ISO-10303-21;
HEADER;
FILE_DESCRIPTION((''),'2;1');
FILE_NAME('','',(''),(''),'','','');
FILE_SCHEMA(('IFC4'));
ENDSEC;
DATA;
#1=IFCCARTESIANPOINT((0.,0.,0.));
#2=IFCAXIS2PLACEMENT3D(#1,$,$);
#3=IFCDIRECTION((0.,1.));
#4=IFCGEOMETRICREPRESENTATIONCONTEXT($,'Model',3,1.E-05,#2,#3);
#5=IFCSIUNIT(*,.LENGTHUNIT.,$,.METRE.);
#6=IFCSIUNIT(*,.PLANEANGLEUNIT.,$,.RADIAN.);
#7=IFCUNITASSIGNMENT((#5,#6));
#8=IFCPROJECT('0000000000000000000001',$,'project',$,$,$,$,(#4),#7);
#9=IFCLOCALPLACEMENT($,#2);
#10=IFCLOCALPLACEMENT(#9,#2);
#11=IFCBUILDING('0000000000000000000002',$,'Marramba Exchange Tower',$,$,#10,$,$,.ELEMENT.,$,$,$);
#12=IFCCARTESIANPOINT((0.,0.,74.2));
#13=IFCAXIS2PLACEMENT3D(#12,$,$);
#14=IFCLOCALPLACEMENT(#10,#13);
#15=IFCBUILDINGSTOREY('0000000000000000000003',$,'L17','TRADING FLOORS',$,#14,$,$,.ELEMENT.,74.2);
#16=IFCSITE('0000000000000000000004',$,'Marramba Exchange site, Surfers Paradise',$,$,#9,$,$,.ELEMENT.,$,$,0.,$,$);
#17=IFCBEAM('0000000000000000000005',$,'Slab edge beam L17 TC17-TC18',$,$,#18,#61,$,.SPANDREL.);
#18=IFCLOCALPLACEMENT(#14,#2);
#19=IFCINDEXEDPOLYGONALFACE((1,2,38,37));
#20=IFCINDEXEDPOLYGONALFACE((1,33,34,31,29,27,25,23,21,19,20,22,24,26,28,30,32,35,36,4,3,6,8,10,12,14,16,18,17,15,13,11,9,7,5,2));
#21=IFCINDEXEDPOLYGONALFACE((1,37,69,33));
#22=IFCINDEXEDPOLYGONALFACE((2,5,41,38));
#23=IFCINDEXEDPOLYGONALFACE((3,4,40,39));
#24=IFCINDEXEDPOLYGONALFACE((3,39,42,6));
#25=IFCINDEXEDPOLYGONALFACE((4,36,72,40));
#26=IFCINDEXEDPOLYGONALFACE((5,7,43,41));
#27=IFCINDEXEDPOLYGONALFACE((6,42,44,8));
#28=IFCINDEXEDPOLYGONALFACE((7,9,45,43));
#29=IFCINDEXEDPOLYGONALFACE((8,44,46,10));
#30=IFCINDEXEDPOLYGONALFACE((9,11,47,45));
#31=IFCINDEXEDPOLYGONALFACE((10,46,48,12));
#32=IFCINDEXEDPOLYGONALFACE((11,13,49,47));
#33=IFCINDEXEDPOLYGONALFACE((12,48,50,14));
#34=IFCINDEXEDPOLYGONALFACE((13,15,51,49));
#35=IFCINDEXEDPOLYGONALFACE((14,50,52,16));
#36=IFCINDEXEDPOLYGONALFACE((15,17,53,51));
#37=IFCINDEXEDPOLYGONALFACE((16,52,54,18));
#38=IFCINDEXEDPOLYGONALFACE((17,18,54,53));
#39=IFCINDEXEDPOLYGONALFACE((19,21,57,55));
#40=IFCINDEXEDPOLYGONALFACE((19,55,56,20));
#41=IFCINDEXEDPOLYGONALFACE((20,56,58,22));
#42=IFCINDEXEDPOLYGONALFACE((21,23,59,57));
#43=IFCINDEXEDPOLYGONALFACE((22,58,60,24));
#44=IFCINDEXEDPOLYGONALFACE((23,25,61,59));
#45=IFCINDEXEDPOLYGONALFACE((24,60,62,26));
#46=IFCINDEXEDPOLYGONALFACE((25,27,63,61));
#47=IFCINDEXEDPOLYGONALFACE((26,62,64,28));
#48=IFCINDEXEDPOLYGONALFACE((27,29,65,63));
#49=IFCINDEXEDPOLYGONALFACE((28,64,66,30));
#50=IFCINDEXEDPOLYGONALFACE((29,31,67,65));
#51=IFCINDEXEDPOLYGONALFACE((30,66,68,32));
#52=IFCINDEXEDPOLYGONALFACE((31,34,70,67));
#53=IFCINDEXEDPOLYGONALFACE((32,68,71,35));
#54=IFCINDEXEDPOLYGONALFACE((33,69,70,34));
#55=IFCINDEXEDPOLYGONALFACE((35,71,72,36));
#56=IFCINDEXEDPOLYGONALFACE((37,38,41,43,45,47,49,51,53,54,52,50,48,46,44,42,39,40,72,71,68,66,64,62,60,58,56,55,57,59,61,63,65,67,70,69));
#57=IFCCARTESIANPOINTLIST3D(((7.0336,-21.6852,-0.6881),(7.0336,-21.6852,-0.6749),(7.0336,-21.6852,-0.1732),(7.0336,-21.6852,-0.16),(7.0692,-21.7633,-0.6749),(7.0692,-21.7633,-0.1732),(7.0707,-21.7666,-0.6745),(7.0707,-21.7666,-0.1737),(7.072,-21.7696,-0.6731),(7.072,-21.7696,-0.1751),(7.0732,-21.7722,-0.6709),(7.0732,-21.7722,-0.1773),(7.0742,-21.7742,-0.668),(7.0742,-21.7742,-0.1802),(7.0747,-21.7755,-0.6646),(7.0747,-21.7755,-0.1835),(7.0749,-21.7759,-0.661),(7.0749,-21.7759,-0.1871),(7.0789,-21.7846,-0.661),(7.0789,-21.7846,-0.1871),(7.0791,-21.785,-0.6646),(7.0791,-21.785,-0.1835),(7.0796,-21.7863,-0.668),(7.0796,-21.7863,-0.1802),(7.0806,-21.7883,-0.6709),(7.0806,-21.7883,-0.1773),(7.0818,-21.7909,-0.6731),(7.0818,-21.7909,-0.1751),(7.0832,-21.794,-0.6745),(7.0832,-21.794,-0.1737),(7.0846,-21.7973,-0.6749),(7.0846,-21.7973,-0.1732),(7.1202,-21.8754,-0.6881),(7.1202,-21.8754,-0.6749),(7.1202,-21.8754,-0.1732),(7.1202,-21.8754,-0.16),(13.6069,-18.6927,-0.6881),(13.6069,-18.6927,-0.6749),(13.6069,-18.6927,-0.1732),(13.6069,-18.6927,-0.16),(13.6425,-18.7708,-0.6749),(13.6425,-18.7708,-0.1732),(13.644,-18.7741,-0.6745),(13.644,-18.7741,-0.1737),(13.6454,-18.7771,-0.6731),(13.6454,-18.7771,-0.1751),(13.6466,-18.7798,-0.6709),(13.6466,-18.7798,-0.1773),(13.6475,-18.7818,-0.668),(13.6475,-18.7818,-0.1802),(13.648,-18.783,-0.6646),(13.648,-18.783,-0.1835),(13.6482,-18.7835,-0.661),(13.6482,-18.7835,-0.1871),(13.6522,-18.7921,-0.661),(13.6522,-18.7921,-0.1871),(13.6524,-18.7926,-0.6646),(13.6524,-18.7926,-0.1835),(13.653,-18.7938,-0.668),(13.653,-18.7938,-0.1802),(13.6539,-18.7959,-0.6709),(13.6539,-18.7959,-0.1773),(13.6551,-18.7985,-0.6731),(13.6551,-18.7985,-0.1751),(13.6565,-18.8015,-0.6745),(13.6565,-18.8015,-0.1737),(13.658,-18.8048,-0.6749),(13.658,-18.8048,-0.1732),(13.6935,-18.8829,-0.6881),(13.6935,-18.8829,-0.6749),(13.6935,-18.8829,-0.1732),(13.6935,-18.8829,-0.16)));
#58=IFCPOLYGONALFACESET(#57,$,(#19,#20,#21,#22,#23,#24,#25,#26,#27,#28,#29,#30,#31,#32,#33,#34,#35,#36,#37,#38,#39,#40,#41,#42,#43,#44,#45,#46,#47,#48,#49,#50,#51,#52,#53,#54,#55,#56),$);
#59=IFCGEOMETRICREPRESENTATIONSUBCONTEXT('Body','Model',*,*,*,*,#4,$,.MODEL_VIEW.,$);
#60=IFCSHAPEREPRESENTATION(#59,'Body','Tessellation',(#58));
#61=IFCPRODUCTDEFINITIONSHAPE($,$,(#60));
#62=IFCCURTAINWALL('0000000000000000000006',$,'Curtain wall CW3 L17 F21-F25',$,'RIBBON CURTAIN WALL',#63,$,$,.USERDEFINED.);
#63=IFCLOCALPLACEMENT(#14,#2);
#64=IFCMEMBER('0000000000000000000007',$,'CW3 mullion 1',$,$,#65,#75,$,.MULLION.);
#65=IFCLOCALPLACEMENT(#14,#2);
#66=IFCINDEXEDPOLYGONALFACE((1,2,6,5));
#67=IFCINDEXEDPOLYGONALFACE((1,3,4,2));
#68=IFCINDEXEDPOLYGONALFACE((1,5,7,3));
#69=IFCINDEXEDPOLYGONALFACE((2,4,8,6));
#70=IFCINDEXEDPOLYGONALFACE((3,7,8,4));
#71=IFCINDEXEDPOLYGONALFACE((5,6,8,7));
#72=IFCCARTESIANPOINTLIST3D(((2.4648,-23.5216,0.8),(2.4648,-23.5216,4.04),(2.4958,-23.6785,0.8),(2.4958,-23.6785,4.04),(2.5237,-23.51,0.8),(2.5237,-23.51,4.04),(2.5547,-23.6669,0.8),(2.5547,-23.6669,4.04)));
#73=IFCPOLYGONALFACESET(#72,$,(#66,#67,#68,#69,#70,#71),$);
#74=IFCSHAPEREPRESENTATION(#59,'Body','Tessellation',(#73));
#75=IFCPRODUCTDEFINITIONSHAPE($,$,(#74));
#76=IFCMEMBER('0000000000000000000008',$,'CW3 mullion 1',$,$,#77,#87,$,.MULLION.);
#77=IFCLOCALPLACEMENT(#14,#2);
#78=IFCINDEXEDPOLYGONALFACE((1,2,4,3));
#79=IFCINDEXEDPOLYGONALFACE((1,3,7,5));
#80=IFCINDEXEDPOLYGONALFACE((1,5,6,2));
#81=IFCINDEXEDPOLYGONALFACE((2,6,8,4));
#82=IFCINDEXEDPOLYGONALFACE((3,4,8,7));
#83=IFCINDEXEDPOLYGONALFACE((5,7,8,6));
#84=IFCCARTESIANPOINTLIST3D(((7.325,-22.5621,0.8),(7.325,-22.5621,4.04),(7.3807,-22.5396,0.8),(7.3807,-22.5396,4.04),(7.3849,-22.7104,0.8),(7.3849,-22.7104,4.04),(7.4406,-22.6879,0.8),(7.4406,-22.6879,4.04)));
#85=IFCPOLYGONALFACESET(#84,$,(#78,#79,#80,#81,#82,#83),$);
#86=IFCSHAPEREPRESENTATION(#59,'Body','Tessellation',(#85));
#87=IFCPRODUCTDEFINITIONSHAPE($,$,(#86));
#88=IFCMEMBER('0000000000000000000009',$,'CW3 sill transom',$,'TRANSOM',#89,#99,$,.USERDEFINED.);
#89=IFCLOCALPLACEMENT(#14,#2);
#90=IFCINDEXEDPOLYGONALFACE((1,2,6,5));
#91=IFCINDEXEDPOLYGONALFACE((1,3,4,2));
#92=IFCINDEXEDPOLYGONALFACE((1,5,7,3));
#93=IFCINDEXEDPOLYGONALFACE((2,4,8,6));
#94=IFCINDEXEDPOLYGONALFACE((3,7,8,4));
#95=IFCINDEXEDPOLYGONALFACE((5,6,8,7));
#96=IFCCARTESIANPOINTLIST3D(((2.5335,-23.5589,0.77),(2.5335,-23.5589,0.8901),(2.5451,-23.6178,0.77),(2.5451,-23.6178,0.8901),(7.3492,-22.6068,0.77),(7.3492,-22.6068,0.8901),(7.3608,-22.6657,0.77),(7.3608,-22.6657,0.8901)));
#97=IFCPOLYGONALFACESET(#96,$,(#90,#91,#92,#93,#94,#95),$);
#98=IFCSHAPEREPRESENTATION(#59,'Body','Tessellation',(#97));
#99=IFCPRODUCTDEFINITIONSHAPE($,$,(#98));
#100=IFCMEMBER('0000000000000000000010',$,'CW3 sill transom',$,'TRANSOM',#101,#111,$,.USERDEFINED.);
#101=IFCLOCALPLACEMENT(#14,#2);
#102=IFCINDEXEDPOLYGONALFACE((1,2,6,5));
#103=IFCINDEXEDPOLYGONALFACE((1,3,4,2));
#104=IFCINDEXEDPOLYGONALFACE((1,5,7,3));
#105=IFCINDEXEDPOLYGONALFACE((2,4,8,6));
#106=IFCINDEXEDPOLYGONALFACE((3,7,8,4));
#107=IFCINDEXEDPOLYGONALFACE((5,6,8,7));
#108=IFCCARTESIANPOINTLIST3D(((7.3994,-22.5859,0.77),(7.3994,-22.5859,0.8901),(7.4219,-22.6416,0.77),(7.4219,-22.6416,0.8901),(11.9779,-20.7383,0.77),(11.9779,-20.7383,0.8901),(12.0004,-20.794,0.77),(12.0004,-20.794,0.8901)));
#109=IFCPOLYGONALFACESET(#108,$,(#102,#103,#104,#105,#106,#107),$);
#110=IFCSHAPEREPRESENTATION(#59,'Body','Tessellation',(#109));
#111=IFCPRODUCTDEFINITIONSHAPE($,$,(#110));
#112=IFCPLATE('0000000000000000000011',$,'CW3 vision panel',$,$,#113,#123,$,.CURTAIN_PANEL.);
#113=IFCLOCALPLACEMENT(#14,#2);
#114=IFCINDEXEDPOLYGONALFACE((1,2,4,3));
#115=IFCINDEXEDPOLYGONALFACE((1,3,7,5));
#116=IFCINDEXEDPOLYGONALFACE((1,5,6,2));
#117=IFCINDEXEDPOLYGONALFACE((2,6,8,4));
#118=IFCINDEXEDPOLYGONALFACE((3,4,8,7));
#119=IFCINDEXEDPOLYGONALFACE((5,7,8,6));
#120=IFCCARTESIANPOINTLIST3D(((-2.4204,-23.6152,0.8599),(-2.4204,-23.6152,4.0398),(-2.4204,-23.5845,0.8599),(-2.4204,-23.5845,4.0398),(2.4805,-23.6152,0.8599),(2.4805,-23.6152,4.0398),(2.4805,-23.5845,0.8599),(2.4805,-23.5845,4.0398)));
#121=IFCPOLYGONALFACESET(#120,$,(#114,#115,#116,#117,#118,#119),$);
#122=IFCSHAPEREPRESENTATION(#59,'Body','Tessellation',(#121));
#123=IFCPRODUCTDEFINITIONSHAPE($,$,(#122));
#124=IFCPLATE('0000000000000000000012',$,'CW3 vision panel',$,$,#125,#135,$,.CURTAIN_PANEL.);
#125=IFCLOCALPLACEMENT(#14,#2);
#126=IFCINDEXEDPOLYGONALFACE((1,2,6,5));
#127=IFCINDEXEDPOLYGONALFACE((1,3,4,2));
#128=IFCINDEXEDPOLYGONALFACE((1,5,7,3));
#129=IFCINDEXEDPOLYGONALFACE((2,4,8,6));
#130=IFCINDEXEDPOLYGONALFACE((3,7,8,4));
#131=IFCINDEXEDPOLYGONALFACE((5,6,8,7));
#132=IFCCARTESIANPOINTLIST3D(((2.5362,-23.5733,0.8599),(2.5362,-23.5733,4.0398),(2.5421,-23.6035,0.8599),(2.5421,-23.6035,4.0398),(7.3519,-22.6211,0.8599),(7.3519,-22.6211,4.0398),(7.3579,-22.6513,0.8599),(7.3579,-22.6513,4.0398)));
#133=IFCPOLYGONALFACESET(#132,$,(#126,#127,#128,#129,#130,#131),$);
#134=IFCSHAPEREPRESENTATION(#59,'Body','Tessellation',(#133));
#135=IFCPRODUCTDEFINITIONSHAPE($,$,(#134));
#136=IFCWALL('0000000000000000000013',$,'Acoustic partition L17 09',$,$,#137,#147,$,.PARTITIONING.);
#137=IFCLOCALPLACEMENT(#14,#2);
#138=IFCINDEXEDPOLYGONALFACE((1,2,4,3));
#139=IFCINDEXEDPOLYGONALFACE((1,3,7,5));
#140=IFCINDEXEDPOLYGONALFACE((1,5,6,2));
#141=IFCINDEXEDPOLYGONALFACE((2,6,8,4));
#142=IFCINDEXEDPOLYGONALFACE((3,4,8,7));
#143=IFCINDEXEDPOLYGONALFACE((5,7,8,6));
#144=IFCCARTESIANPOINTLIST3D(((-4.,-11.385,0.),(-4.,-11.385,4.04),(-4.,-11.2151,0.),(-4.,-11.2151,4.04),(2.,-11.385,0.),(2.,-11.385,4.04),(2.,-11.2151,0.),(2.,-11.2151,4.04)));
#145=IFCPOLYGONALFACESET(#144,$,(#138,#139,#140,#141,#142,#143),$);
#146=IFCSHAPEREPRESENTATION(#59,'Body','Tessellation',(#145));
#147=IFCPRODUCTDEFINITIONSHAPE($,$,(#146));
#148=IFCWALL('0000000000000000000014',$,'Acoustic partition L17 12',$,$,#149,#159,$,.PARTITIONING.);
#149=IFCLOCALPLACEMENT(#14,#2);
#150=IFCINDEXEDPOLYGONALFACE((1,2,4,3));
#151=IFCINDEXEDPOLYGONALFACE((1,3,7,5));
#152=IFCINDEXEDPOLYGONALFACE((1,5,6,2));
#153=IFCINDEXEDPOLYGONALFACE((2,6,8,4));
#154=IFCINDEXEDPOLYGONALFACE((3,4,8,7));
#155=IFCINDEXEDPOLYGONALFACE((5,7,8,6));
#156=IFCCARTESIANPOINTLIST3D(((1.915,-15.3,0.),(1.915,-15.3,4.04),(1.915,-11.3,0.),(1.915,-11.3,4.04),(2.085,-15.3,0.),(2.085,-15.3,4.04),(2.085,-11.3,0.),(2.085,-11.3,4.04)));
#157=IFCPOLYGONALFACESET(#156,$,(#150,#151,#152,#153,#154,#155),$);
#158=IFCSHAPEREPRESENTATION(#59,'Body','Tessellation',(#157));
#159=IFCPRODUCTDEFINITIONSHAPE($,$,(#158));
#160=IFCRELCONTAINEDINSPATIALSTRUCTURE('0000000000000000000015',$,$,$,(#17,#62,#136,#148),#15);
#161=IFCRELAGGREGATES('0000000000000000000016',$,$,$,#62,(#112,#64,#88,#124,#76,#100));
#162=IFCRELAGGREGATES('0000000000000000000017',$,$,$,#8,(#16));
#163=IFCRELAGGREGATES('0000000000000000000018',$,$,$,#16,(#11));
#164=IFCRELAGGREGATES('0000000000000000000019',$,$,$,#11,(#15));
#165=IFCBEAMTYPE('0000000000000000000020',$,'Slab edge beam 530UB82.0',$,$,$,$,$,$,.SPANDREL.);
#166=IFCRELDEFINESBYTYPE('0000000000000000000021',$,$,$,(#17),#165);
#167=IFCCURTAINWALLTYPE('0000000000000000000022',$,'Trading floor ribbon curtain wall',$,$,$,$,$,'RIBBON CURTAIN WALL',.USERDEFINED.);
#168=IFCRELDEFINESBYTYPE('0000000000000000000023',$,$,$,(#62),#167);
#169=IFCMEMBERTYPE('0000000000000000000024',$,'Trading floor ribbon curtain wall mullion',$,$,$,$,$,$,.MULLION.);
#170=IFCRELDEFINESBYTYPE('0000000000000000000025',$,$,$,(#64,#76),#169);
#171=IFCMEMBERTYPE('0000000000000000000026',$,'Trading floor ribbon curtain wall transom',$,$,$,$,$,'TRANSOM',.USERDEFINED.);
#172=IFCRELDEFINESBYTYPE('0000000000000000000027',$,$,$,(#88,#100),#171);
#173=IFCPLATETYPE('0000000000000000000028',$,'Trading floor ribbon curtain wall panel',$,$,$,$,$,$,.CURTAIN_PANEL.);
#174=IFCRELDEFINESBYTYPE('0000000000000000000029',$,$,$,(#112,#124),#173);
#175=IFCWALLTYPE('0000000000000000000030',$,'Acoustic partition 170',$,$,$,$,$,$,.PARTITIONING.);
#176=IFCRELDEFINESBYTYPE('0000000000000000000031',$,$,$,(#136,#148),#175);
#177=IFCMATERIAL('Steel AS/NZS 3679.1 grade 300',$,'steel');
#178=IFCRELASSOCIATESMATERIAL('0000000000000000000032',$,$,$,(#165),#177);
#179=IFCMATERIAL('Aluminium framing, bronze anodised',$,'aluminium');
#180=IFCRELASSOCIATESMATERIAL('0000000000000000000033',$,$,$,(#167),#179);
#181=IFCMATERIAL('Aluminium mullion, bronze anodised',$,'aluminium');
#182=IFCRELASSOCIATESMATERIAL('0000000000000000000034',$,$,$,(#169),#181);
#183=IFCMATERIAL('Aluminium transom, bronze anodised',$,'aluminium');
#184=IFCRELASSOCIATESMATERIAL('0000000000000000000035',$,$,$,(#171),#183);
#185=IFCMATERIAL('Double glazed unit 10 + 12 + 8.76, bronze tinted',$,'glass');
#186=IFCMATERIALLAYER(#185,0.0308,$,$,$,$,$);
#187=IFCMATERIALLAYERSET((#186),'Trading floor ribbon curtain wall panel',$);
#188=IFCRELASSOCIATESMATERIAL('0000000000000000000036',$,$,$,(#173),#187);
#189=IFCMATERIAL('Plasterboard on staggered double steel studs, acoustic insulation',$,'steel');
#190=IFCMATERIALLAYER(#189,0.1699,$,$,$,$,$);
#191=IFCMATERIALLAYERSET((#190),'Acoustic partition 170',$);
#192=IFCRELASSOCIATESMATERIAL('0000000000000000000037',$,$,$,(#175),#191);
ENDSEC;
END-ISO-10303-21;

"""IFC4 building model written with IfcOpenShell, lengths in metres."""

from ifc_helpers import new_model, si_unit, direction, frame, frame_2d, origin, origin_2d, place, context, subcontext, project, spatial, rectangle, i_section, extrude, material, layer, layer_set, material_profile, profile_set, type_object, element, aggregate, save


model = new_model("IFC4")

# Units and contexts
model_context = context("Model", 3, precision=1e-05, world=origin(), true_north=direction((0.0, 1.0)))
body_context = subcontext(model_context, "Body", "Model", "MODEL_VIEW")
ifc_project = project(units=[si_unit("LENGTHUNIT", "METRE"), si_unit("PLANEANGLEUNIT", "RADIAN")], contexts=[model_context])

# Site, building, storey
site_placement = place(None, origin())
site = spatial("IfcSite", under=ifc_project, at=site_placement, Name="Marramba Exchange site, Surfers Paradise", CompositionType="ELEMENT", RefElevation=0.0)
building_placement = place(site_placement, origin())
building = spatial("IfcBuilding", under=site, at=building_placement, Name="Marramba Exchange Tower", CompositionType="ELEMENT")
storey_placement = place(building_placement, frame((0.0, 0.0, 74.2)))
storey = spatial("IfcBuildingStorey", under=building, at=storey_placement, Name="L17", Description="TRADING FLOORS", CompositionType="ELEMENT", Elevation=74.2)

# Beam
ifc_material_1 = material(Name="Steel AS/NZS 3679.1 grade 300", Category="steel")
ifc_material_profile_1 = material_profile(ifc_material_1, i_section(OverallWidth=0.209, OverallDepth=0.5281, WebThickness=0.0095, FlangeThickness=0.0132, FilletRadius=0.0139, at=origin_2d()), Name="530UB82.0")
ifc_profile_set_1 = profile_set([ifc_material_profile_1], Name="Steel AS/NZS 3679.1 grade 300")
beam_type_1 = type_object("IfcBeamType", Name="Slab edge beam 530UB82.0", PredefinedType="SPANDREL", material=ifc_profile_set_1)
beam_1_placement = place(storey_placement, frame((7.0769, -21.7803, -0.4241), z_axis=(0.910127, 0.41433, 0.0), x_axis=(-0.41433, 0.910127, 0.0)))
element("IfcBeam", 1, at=beam_1_placement, inside=storey, type_object=beam_type_1, Name="Slab edge beam L17 TC17-TC18", PredefinedType="SPANDREL", context=body_context, shape_type="SweptSolid", body=[
    extrude(i_section(OverallWidth=0.209, OverallDepth=0.5281, WebThickness=0.0095, FlangeThickness=0.0132, FilletRadius=0.0139, at=origin_2d()), origin(), (0.0, 0.0, 1.0), 7.2224),
])

# Curtain wall, members, plates
ifc_material_2 = material(Name="Aluminium framing, bronze anodised", Category="aluminium")
curtain_wall_type = type_object("IfcCurtainWallType", Name="Trading floor ribbon curtain wall", ElementType="RIBBON CURTAIN WALL", PredefinedType="USERDEFINED", material=ifc_material_2)
curtain_wall_placement = place(storey_placement, origin())
curtain_wall = element("IfcCurtainWall", 2, at=curtain_wall_placement, inside=storey, type_object=curtain_wall_type, Name="Curtain wall CW3 L17 F21-F25", ObjectType="RIBBON CURTAIN WALL", PredefinedType="USERDEFINED")
ifc_material_3 = material(Name="Aluminium mullion, bronze anodised", Category="aluminium")
ifc_material_profile_2 = material_profile(ifc_material_3, rectangle(XDim=0.1599, YDim=0.0601, at=origin_2d()), Name="CW3 mullion 60x160")
ifc_profile_set_2 = profile_set([ifc_material_profile_2], Name="Aluminium mullion, bronze anodised")
member_type_1 = type_object("IfcMemberType", Name="Trading floor ribbon curtain wall mullion", PredefinedType="MULLION", material=ifc_profile_set_2)
member_1_placement = place(storey_placement, frame((2.5098, -23.5942, 0.8), z_axis=(0.0, 0.0, 1.0), x_axis=(-0.193961, 0.981009, 0.0)))
member_1 = element("IfcMember", 3, at=member_1_placement, type_object=member_type_1, Name="CW3 mullion 1", PredefinedType="MULLION", context=body_context, shape_type="SweptSolid", body=[
    extrude(rectangle(XDim=0.1599, YDim=0.0601, at=origin_2d()), origin(), (0.0, 0.0, 1.0), 3.24),
])
member_2_placement = place(storey_placement, frame((7.3828, -22.625, 0.8), z_axis=(0.0, 0.0, 1.0), x_axis=(-0.374218, 0.927341, 0.0)))
member_2 = element("IfcMember", 4, at=member_2_placement, type_object=member_type_1, Name="CW3 mullion 1", PredefinedType="MULLION", context=body_context, shape_type="SweptSolid", body=[
    extrude(rectangle(XDim=0.1599, YDim=0.0601, at=origin_2d()), origin(), (0.0, 0.0, 1.0), 3.24),
])
ifc_material_4 = material(Name="Aluminium transom, bronze anodised", Category="aluminium")
ifc_material_profile_3 = material_profile(ifc_material_4, rectangle(XDim=0.0601, YDim=0.1201, at=origin_2d()), Name="CW3 transom 60x120")
ifc_profile_set_3 = profile_set([ifc_material_profile_3], Name="Aluminium transom, bronze anodised")
member_type_2 = type_object("IfcMemberType", Name="Trading floor ribbon curtain wall transom", ElementType="TRANSOM", PredefinedType="USERDEFINED", material=ifc_profile_set_3)
member_3_placement = place(storey_placement, frame((2.5393, -23.5884, 0.8301), z_axis=(0.981009, 0.193964, 0.0), x_axis=(-0.193964, 0.981009, 0.0)))
member_3 = element("IfcMember", 5, at=member_3_placement, type_object=member_type_2, Name="CW3 sill transom", ObjectType="TRANSOM", PredefinedType="USERDEFINED", context=body_context, shape_type="SweptSolid", body=[
    extrude(rectangle(XDim=0.0601, YDim=0.1201, at=origin_2d()), origin(), (0.0, 0.0, 1.0), 4.9089),
])
member_4_placement = place(storey_placement, frame((7.4106, -22.6138, 0.8301), z_axis=(0.92734, 0.374219, 0.0), x_axis=(-0.374219, 0.92734, 0.0)))
member_4 = element("IfcMember", 6, at=member_4_placement, type_object=member_type_2, Name="CW3 sill transom", ObjectType="TRANSOM", PredefinedType="USERDEFINED", context=body_context, shape_type="SweptSolid", body=[
    extrude(rectangle(XDim=0.0601, YDim=0.1201, at=origin_2d()), origin(), (0.0, 0.0, 1.0), 4.9373),
])
ifc_material_5 = material(Name="Double glazed unit 10 + 12 + 8.76, bronze tinted", Category="glass")
ifc_layer_1 = layer(ifc_material_5, 0.0308)
ifc_layer_set_1 = layer_set([ifc_layer_1], Name="Trading floor ribbon curtain wall panel")
plate_type = type_object("IfcPlateType", Name="Trading floor ribbon curtain wall panel", PredefinedType="CURTAIN_PANEL", material=ifc_layer_set_1)
plate_1_placement = place(storey_placement, frame((0.03, -23.5999, 0.8599), z_axis=(0.0, 0.0, 1.0), x_axis=(1.0, 0.0, 0.0)))
plate_1 = element("IfcPlate", 7, at=plate_1_placement, type_object=plate_type, Name="CW3 vision panel", PredefinedType="CURTAIN_PANEL", context=body_context, shape_type="SweptSolid", body=[
    extrude(rectangle(XDim=4.9009, YDim=0.0308, at=origin_2d()), origin(), (0.0, 0.0, 1.0), 3.1799),
])
plate_2_placement = place(storey_placement, frame((4.947, -23.1123, 0.8599), z_axis=(0.0, 0.0, 1.0), x_axis=(0.981009, 0.193961, 0.0)))
plate_2 = element("IfcPlate", 8, at=plate_2_placement, type_object=plate_type, Name="CW3 vision panel", PredefinedType="CURTAIN_PANEL", context=body_context, shape_type="SweptSolid", body=[
    extrude(rectangle(XDim=4.9089, YDim=0.0308, at=origin_2d()), origin(), (0.0, 0.0, 1.0), 3.1799),
])
aggregate(curtain_wall, [plate_1, member_1, member_3, plate_2, member_2, member_4])

# Walls
ifc_material_6 = material(Name="Plasterboard on staggered double steel studs, acoustic insulation", Category="steel")
ifc_layer_2 = layer(ifc_material_6, 0.1699)
ifc_layer_set_2 = layer_set([ifc_layer_2], Name="Acoustic partition 170")
wall_type_1 = type_object("IfcWallType", Name="Acoustic partition 170", PredefinedType="PARTITIONING", material=ifc_layer_set_2)
wall_1_placement = place(storey_placement, frame((2.0, -11.3, 0.0), z_axis=(0.0, 0.0, 1.0), x_axis=(-1.0, 0.0, 0.0)))
element("IfcWall", 9, at=wall_1_placement, inside=storey, type_object=wall_type_1, Name="Acoustic partition L17 09", PredefinedType="PARTITIONING", context=body_context, shape_type="SweptSolid", body=[
    extrude(rectangle(XDim=6.0, YDim=0.1699, at=frame_2d((3.0, 0.0))), origin(), (0.0, 0.0, 1.0), 4.04),
])
wall_2_placement = place(storey_placement, frame((2.0, -11.3, 0.0), z_axis=(0.0, 0.0, 1.0), x_axis=(0.0, -1.0, 0.0)))
element("IfcWall", 10, at=wall_2_placement, inside=storey, type_object=wall_type_1, Name="Acoustic partition L17 12", PredefinedType="PARTITIONING", context=body_context, shape_type="SweptSolid", body=[
    extrude(rectangle(XDim=4.0, YDim=0.1699, at=frame_2d((2.0, 0.0))), origin(), (0.0, 0.0, 1.0), 4.04),
])

save(model, "model.ifc")
